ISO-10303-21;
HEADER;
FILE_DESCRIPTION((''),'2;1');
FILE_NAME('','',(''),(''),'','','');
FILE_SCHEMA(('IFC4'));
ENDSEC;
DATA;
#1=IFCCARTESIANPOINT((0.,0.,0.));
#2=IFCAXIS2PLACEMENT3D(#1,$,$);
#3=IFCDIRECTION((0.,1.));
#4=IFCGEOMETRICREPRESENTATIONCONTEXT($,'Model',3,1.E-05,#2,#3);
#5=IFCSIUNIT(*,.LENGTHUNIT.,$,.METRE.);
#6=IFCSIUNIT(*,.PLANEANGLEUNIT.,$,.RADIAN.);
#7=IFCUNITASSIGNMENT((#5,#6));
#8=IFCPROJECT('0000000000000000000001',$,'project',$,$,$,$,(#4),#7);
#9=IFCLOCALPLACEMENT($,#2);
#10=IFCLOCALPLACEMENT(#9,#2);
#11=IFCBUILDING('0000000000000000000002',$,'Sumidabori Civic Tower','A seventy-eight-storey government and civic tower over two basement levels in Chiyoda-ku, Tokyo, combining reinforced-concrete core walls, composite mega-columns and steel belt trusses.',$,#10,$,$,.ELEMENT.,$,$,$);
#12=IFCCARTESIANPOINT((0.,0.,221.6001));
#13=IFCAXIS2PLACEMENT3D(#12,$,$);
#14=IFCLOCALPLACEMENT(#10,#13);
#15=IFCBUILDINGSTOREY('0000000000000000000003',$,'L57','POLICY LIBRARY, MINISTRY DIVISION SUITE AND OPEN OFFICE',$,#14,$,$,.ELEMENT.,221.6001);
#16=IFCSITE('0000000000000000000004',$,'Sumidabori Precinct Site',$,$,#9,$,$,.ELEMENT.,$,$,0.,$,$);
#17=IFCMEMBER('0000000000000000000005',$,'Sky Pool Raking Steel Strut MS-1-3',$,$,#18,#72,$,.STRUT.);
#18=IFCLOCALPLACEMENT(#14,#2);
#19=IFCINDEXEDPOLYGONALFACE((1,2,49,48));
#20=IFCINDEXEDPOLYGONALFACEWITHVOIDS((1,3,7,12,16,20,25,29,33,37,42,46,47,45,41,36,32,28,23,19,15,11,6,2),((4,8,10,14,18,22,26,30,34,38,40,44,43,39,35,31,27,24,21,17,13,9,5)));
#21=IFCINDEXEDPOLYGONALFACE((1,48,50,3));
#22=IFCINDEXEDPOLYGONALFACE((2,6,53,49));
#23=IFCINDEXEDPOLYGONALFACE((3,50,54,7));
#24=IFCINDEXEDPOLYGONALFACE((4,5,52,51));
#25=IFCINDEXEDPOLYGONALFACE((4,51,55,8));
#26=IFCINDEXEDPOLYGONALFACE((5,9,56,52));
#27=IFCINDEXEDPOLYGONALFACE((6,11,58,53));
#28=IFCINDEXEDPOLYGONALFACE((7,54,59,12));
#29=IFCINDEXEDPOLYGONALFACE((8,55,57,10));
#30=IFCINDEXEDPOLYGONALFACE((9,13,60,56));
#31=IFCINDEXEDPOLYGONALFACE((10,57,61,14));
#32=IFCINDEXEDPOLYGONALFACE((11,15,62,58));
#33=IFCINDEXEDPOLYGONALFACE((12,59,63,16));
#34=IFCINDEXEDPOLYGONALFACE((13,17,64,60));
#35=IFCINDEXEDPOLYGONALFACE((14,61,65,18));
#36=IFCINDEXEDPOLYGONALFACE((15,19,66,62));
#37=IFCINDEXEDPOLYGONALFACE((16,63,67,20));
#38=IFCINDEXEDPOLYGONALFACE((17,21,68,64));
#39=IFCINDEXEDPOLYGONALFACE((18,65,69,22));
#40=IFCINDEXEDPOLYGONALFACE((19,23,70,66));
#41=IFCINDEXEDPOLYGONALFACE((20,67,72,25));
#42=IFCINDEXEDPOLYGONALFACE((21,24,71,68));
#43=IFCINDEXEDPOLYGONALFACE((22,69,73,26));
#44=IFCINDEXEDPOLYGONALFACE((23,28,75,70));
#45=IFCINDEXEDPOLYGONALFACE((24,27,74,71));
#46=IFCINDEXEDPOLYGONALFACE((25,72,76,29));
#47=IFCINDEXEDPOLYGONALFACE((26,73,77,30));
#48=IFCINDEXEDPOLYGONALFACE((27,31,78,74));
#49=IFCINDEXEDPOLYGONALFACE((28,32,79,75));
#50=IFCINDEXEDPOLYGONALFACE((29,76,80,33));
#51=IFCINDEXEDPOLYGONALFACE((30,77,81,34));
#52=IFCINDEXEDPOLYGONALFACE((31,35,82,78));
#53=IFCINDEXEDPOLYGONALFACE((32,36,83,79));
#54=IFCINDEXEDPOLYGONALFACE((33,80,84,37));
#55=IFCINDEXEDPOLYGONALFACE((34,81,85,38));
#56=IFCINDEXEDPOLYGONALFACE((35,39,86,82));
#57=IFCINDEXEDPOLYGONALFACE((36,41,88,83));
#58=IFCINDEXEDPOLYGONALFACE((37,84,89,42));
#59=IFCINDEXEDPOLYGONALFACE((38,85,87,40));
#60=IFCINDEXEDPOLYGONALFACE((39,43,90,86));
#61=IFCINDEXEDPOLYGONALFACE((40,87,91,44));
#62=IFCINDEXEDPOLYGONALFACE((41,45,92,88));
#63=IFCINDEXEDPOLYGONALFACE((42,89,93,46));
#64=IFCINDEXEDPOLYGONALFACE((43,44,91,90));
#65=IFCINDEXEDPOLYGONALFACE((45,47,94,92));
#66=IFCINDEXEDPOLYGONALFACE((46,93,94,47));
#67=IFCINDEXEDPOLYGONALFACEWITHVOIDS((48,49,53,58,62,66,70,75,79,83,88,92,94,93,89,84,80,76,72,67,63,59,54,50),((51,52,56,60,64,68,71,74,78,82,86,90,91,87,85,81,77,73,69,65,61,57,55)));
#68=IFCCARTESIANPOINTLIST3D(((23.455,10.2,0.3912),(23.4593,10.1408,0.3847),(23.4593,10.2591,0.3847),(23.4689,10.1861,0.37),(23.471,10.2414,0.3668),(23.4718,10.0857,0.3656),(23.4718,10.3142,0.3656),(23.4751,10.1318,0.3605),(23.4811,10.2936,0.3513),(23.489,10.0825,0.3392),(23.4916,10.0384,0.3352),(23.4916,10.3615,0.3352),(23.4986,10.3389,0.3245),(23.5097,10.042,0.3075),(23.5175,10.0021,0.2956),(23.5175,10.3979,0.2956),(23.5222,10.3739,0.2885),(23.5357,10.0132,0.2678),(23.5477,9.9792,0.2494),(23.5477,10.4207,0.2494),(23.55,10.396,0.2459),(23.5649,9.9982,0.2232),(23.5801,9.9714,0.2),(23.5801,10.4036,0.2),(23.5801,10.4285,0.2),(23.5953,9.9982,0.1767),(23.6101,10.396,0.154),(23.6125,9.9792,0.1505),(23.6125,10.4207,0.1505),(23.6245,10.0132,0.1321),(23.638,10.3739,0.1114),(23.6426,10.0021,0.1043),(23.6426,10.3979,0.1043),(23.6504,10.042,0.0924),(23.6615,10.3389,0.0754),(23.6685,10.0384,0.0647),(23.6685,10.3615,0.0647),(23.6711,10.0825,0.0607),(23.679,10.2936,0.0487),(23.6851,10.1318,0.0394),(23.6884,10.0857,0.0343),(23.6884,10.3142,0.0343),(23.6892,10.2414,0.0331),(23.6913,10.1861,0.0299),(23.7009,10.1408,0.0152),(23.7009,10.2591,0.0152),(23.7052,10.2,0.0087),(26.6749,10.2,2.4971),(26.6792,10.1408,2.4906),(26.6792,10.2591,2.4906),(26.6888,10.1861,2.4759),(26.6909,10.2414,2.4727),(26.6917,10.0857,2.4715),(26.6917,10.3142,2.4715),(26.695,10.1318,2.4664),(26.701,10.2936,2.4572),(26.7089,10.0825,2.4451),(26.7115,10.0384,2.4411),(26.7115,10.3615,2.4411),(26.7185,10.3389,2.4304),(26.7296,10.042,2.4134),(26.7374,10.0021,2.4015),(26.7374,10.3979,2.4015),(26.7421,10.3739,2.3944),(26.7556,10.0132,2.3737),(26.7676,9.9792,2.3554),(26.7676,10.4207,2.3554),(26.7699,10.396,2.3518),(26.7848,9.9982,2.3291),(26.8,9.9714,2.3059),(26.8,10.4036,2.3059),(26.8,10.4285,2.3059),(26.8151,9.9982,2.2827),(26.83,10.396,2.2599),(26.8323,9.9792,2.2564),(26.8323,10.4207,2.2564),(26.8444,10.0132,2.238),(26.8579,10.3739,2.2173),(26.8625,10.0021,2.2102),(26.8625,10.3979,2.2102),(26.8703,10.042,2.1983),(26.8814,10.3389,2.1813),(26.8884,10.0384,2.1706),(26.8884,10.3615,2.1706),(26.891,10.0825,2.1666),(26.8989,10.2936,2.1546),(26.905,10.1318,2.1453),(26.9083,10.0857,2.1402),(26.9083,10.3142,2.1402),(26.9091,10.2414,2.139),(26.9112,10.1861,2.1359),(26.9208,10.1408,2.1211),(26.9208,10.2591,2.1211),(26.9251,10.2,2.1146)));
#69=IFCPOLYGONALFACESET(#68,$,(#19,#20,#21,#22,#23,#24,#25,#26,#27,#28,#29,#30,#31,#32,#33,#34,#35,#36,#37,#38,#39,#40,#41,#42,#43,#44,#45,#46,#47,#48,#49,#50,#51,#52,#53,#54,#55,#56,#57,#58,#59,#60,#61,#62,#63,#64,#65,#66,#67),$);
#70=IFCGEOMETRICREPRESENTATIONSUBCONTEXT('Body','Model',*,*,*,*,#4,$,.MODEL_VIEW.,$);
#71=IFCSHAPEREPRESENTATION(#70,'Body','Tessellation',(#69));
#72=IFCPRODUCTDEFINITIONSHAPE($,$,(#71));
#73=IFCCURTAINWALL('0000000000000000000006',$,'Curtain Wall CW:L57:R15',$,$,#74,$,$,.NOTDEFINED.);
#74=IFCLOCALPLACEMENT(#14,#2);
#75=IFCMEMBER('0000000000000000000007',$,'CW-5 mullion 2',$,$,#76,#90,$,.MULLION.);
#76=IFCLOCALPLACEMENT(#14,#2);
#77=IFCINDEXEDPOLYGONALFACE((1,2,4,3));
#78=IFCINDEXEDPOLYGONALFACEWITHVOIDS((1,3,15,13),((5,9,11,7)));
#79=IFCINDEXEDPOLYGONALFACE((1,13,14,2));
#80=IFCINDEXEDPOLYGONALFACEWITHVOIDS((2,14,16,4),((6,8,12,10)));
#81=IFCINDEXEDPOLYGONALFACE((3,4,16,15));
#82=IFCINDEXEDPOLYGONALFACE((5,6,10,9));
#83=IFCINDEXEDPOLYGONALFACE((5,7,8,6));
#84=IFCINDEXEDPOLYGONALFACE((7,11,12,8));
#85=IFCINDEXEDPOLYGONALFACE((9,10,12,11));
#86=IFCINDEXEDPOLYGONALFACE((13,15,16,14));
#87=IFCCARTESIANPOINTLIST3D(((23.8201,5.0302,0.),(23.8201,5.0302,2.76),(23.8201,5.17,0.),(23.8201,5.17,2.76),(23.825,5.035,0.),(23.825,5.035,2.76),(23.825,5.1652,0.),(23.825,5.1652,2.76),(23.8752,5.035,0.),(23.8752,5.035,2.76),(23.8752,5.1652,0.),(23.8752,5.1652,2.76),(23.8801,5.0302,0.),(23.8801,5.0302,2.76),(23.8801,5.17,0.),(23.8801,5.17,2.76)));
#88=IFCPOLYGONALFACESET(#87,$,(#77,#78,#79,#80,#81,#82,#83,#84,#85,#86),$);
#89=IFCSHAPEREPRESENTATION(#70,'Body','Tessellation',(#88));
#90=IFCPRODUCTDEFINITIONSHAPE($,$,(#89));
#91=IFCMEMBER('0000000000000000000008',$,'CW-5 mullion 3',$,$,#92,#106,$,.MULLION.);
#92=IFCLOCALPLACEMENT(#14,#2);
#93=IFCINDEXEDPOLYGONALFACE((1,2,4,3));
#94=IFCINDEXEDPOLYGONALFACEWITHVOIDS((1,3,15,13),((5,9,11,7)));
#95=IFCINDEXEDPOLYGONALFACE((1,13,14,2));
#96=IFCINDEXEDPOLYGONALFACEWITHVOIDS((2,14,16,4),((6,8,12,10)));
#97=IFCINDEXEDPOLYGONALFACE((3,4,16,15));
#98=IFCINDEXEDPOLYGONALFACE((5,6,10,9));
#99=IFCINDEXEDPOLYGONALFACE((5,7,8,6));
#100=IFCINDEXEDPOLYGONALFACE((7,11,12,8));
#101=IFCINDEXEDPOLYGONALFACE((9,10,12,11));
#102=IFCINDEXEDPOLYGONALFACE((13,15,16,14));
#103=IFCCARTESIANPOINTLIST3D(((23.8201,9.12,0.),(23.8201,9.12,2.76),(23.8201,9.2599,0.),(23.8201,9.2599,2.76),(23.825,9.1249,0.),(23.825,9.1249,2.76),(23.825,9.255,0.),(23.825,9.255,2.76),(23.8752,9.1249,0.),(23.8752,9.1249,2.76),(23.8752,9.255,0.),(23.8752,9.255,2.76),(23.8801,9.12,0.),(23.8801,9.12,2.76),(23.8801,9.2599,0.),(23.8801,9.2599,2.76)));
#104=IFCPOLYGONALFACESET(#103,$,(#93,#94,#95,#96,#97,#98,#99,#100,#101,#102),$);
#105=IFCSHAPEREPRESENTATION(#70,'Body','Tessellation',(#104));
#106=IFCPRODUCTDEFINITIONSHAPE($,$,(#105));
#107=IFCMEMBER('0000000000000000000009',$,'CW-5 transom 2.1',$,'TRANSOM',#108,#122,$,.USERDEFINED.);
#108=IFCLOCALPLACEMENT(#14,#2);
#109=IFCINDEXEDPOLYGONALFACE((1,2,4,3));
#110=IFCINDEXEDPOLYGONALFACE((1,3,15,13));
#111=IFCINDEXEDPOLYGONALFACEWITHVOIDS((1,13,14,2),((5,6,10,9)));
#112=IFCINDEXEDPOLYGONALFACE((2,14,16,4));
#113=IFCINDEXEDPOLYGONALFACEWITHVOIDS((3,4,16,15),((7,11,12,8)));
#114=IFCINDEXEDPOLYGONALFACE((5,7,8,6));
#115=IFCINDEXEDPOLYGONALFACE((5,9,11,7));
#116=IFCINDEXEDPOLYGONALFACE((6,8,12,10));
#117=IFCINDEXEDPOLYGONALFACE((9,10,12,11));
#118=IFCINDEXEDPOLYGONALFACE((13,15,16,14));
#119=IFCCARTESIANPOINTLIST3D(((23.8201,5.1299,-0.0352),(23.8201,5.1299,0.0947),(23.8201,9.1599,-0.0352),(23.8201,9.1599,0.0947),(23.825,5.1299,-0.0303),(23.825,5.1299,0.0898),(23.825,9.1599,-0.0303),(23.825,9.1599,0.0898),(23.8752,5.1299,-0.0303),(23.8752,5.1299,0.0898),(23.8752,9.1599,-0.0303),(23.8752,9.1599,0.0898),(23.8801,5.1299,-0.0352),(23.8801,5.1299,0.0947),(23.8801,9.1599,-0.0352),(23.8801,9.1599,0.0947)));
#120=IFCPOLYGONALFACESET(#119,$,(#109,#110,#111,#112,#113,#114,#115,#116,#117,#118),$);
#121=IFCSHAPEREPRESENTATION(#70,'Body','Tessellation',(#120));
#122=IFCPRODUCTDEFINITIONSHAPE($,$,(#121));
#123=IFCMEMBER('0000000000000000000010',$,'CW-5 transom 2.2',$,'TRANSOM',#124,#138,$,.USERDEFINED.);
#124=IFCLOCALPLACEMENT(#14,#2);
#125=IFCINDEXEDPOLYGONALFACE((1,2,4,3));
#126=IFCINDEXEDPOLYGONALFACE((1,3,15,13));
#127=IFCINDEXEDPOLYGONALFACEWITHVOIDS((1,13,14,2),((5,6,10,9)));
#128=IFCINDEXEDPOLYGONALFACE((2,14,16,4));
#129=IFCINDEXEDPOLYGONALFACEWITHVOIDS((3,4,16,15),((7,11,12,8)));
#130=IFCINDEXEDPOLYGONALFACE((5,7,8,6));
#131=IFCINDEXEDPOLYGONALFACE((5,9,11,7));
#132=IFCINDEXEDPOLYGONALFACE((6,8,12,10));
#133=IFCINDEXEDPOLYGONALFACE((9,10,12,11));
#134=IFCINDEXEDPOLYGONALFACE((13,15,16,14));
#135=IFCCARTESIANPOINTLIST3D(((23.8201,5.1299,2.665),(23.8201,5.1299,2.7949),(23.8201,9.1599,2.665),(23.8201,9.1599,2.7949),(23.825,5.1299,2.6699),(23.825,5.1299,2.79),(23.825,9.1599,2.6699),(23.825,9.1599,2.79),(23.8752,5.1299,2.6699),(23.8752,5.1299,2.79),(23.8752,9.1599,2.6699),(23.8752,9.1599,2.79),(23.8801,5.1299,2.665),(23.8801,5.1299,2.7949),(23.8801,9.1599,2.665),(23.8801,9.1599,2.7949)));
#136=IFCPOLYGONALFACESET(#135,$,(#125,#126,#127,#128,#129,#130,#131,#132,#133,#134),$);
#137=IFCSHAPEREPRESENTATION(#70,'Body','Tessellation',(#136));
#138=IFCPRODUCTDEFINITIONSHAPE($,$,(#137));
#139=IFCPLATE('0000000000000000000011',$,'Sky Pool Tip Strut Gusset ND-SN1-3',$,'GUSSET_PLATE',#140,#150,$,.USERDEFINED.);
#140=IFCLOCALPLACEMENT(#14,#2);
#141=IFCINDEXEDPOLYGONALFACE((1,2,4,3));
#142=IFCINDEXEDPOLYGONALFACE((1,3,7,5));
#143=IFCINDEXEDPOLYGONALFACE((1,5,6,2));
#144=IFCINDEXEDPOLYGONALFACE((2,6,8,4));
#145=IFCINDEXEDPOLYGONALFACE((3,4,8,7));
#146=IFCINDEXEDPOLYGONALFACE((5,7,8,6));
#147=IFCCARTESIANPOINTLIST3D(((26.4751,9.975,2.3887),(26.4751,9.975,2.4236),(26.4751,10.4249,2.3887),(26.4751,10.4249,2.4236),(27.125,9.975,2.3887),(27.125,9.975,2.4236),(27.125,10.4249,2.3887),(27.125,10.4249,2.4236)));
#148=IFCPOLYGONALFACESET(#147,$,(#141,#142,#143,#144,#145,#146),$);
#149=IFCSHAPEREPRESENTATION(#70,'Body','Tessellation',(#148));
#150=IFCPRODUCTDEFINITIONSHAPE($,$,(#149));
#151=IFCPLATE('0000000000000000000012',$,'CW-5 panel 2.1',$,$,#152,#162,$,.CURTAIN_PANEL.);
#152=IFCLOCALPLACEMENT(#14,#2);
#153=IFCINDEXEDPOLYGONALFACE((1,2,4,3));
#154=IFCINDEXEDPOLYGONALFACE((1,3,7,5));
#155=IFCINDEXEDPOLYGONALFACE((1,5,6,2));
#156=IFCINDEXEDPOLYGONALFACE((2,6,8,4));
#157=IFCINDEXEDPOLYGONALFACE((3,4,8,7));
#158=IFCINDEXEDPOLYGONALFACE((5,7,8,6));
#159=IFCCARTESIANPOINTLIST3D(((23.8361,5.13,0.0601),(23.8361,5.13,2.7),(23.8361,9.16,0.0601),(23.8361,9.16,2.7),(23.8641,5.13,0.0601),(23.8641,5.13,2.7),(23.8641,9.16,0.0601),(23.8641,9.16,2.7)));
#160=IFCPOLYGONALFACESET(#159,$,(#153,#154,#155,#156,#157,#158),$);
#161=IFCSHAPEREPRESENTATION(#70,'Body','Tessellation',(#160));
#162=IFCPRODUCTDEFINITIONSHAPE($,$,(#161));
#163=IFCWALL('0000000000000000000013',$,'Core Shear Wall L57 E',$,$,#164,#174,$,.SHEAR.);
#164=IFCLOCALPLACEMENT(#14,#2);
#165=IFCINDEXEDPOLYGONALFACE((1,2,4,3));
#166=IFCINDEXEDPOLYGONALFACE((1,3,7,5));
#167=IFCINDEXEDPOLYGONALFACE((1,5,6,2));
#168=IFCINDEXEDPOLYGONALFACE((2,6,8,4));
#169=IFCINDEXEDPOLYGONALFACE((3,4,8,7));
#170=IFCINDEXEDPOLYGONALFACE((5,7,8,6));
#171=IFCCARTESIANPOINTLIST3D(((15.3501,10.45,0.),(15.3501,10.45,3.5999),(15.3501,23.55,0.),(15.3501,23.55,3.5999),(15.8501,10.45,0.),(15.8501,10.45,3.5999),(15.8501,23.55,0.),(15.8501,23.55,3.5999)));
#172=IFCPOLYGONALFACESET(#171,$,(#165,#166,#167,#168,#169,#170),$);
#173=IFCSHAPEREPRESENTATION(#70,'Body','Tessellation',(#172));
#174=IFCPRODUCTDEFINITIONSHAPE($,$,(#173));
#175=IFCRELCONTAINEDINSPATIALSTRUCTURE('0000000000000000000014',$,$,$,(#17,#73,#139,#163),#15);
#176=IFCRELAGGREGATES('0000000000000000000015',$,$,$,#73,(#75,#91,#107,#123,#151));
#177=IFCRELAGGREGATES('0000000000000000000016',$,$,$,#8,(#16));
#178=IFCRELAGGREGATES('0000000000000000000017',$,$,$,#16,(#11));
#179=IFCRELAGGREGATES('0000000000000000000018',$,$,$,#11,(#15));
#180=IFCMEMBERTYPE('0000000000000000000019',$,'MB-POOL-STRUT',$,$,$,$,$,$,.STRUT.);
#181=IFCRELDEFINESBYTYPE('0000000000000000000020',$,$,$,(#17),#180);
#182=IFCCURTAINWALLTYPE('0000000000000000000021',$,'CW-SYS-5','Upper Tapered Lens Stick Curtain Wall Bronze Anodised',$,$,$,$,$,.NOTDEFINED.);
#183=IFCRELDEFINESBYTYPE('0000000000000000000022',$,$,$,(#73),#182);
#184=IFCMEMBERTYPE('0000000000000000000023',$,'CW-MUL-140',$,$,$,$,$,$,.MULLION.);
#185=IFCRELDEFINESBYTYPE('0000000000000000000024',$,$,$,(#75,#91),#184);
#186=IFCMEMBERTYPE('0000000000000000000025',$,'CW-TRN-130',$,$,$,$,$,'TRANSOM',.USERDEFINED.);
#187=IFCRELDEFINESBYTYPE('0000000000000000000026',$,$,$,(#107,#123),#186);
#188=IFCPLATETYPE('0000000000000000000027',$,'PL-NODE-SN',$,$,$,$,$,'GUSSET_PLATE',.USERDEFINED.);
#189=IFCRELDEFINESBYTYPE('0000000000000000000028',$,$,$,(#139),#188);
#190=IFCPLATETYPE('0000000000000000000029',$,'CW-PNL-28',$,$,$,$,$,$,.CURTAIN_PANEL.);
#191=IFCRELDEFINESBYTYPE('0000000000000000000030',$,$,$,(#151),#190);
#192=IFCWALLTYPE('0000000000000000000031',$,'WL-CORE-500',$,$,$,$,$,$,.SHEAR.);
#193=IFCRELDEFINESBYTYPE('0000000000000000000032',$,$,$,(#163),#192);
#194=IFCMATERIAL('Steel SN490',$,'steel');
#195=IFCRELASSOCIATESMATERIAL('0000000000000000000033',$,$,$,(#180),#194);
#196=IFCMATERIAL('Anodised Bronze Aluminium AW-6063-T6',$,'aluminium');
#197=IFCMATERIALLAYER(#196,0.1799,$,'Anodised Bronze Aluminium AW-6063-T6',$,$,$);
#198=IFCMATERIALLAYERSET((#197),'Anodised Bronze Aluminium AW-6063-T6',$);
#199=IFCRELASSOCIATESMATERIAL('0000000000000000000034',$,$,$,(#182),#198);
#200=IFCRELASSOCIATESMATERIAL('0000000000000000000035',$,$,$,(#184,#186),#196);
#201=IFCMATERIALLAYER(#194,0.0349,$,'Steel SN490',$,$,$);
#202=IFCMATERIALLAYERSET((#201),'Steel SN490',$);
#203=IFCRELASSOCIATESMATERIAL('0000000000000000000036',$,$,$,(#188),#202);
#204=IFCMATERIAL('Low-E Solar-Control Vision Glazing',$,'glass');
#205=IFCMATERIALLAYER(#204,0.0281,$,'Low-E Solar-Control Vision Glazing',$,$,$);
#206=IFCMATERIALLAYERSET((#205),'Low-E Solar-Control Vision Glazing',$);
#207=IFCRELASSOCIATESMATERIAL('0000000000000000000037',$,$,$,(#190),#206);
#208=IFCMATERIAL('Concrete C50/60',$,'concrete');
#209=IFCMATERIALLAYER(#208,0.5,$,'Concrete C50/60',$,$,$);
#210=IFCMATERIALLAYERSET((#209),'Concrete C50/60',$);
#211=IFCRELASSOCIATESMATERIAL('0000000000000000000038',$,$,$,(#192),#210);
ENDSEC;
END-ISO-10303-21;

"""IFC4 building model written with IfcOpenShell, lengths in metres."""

from ifc_helpers import new_model, si_unit, direction, frame, frame_2d, origin, origin_2d, place, context, subcontext, project, spatial, rectangle, hollow_rectangle, hollow_circle, extrude, source, transform, mapped, material, layer, layer_set, material_profile, profile_set, type_object, element, aggregate, save


model = new_model("IFC4")

# Units and contexts
model_context = context("Model", 3, precision=1e-05, world=origin(), true_north=direction((0.0, 1.0)))
body_context = subcontext(model_context, "Body", "Model", "MODEL_VIEW")
ifc_project = project(units=[si_unit("LENGTHUNIT", "METRE"), si_unit("PLANEANGLEUNIT", "RADIAN")], contexts=[model_context])

# Site, building, storey
site_placement = place(None, origin())
site = spatial("IfcSite", under=ifc_project, at=site_placement, Name="Sumidabori Precinct Site", CompositionType="ELEMENT", RefElevation=0.0)
building_placement = place(site_placement, origin())
building = spatial("IfcBuilding", under=site, at=building_placement, Name="Sumidabori Civic Tower", Description="A seventy-eight-storey government and civic tower over two basement levels in Chiyoda-ku, Tokyo, combining reinforced-concrete core walls, composite mega-columns and steel belt trusses.", CompositionType="ELEMENT")
storey_placement = place(building_placement, frame((0.0, 0.0, 221.6001)))
storey = spatial("IfcBuildingStorey", under=building, at=storey_placement, Name="L57", Description="POLICY LIBRARY, MINISTRY DIVISION SUITE AND OPEN OFFICE", CompositionType="ELEMENT", Elevation=221.6001)

# Shared definitions
ifc_material_1 = material(Name="Steel SN490", Category="steel")

# Member
ifc_material_profile_1 = material_profile(ifc_material_1, hollow_circle(Radius=0.2285, WallThickness=0.0249, at=origin_2d()), Name="CHS 457x25")
ifc_profile_set_1 = profile_set([ifc_material_profile_1], Name="Steel SN490")
member_type_1 = type_object("IfcMemberType", Name="MB-POOL-STRUT", PredefinedType="STRUT", material=ifc_profile_set_1)
shared_shape_1 = source(origin(), body_context, "Body", "SweptSolid", [
    extrude(hollow_circle(Radius=0.2285, WallThickness=0.0249, at=origin_2d()), origin(), (0.0, 0.0, 1.0), 3.8474),
])
member_1_placement = place(storey_placement, frame((23.5801, 10.2, 0.2), z_axis=(0.836899, 0.0, 0.547357), x_axis=(0.0, 1.0, 0.0)))
element("IfcMember", 1, at=member_1_placement, inside=storey, type_object=member_type_1, Name="Sky Pool Raking Steel Strut MS-1-3", PredefinedType="STRUT", context=body_context, shape_type="MappedRepresentation", body=[
    mapped(shared_shape_1, transform((0.0, 0.0, 0.0), x_axis=(1.0, 0.0, 0.0), y_axis=(0.0, 1.0, 0.0), z_axis=(0.0, 0.0, 1.0), scale=1.0)),
])

# Curtain wall, members
ifc_material_2 = material(Name="Anodised Bronze Aluminium AW-6063-T6", Category="aluminium")
ifc_layer_1 = layer(ifc_material_2, 0.1799, Name="Anodised Bronze Aluminium AW-6063-T6")
ifc_layer_set_1 = layer_set([ifc_layer_1], Name="Anodised Bronze Aluminium AW-6063-T6")
curtain_wall_type = type_object("IfcCurtainWallType", Name="CW-SYS-5", Description="Upper Tapered Lens Stick Curtain Wall Bronze Anodised", PredefinedType="NOTDEFINED", material=ifc_layer_set_1)
curtain_wall_placement = place(storey_placement, origin())
curtain_wall = element("IfcCurtainWall", 2, at=curtain_wall_placement, inside=storey, type_object=curtain_wall_type, Name="Curtain Wall CW:L57:R15", PredefinedType="NOTDEFINED")
ifc_material_profile_2 = material_profile(ifc_material_2, hollow_rectangle(XDim=0.0601, YDim=0.1399, WallThickness=0.0049, at=origin_2d()), Name="ALU MULLION 140x60")
ifc_profile_set_2 = profile_set([ifc_material_profile_2], Name="Anodised Bronze Aluminium AW-6063-T6")
member_type_2 = type_object("IfcMemberType", Name="CW-MUL-140", PredefinedType="MULLION", material=ifc_profile_set_2)
shared_shape_2 = source(origin(), body_context, "Body", "SweptSolid", [
    extrude(hollow_rectangle(XDim=0.0601, YDim=0.1399, WallThickness=0.0049, at=origin_2d()), origin(), (0.0, 0.0, 1.0), 2.76),
])
member_2_placement = place(storey_placement, frame((23.8501, 5.1001, 0.0), z_axis=(0.0, 0.0, 1.0), x_axis=(-1.0, 0.0, 0.0)))
member_2 = element("IfcMember", 3, at=member_2_placement, type_object=member_type_2, Name="CW-5 mullion 2", PredefinedType="MULLION", context=body_context, shape_type="MappedRepresentation", body=[
    mapped(shared_shape_2, transform((0.0, 0.0, 0.0), x_axis=(1.0, 0.0, 0.0), y_axis=(0.0, 1.0, 0.0), z_axis=(0.0, 0.0, 1.0), scale=1.0)),
])
member_3_placement = place(storey_placement, frame((23.8501, 9.1899, 0.0), z_axis=(0.0, 0.0, 1.0), x_axis=(-1.0, 0.0, 0.0)))
member_3 = element("IfcMember", 4, at=member_3_placement, type_object=member_type_2, Name="CW-5 mullion 3", PredefinedType="MULLION", context=body_context, shape_type="MappedRepresentation", body=[
    mapped(shared_shape_2, transform((0.0, 0.0, 0.0), x_axis=(1.0, 0.0, 0.0), y_axis=(0.0, 1.0, 0.0), z_axis=(0.0, 0.0, 1.0), scale=1.0)),
])
ifc_material_profile_3 = material_profile(ifc_material_2, hollow_rectangle(XDim=0.0601, YDim=0.1299, WallThickness=0.0049, at=origin_2d()), Name="ALU TRANSOM 130x60")
ifc_profile_set_3 = profile_set([ifc_material_profile_3], Name="Anodised Bronze Aluminium AW-6063-T6")
member_type_3 = type_object("IfcMemberType", Name="CW-TRN-130", ElementType="TRANSOM", PredefinedType="USERDEFINED", material=ifc_profile_set_3)
shared_shape_3 = source(origin(), body_context, "Body", "SweptSolid", [
    extrude(hollow_rectangle(XDim=0.0601, YDim=0.1299, WallThickness=0.0049, at=origin_2d()), origin(), (0.0, 0.0, 1.0), 4.03),
])
member_4_placement = place(storey_placement, frame((23.8501, 5.1299, 0.0298), z_axis=(0.0, 1.0, 0.0), x_axis=(-1.0, 0.0, 0.0)))
member_4 = element("IfcMember", 5, at=member_4_placement, type_object=member_type_3, Name="CW-5 transom 2.1", ObjectType="TRANSOM", PredefinedType="USERDEFINED", context=body_context, shape_type="MappedRepresentation", body=[
    mapped(shared_shape_3, transform((0.0, 0.0, 0.0), x_axis=(1.0, 0.0, 0.0), y_axis=(0.0, 1.0, 0.0), z_axis=(0.0, 0.0, 1.0), scale=1.0)),
])
member_5_placement = place(storey_placement, frame((23.8501, 5.1299, 2.73), z_axis=(0.0, 1.0, 0.0), x_axis=(-1.0, 0.0, 0.0)))
member_5 = element("IfcMember", 6, at=member_5_placement, type_object=member_type_3, Name="CW-5 transom 2.2", ObjectType="TRANSOM", PredefinedType="USERDEFINED", context=body_context, shape_type="MappedRepresentation", body=[
    mapped(shared_shape_3, transform((0.0, 0.0, 0.0), x_axis=(1.0, 0.0, 0.0), y_axis=(0.0, 1.0, 0.0), z_axis=(0.0, 0.0, 1.0), scale=1.0)),
])

# Plates
ifc_layer_2 = layer(ifc_material_1, 0.0349, Name="Steel SN490")
ifc_layer_set_2 = layer_set([ifc_layer_2], Name="Steel SN490")
plate_type_1 = type_object("IfcPlateType", Name="PL-NODE-SN", ElementType="GUSSET_PLATE", PredefinedType="USERDEFINED", material=ifc_layer_set_2)
shared_shape_4 = source(origin(), body_context, "Body", "SweptSolid", [
    extrude(rectangle(XDim=0.6499, YDim=0.45, at=origin_2d()), origin(), (0.0, 0.0, 1.0), 0.0349),
])
plate_1_placement = place(storey_placement, frame((26.8, 10.2, 2.3887), z_axis=(0.0, 0.0, 1.0), x_axis=(1.0, 0.0, 0.0)))
element("IfcPlate", 7, at=plate_1_placement, inside=storey, type_object=plate_type_1, Name="Sky Pool Tip Strut Gusset ND-SN1-3", ObjectType="GUSSET_PLATE", PredefinedType="USERDEFINED", context=body_context, shape_type="MappedRepresentation", body=[
    mapped(shared_shape_4, transform((0.0, 0.0, 0.0), x_axis=(1.0, 0.0, 0.0), y_axis=(0.0, 1.0, 0.0), z_axis=(0.0, 0.0, 1.0), scale=1.0)),
])
ifc_material_3 = material(Name="Low-E Solar-Control Vision Glazing", Category="glass")
ifc_layer_3 = layer(ifc_material_3, 0.0281, Name="Low-E Solar-Control Vision Glazing")
ifc_layer_set_3 = layer_set([ifc_layer_3], Name="Low-E Solar-Control Vision Glazing")
plate_type_2 = type_object("IfcPlateType", Name="CW-PNL-28", PredefinedType="CURTAIN_PANEL", material=ifc_layer_set_3)
shared_shape_5 = source(origin(), body_context, "Body", "SweptSolid", [
    extrude(rectangle(XDim=4.03, YDim=0.0281, at=origin_2d()), origin(), (0.0, 0.0, 1.0), 2.6399),
])
plate_2_placement = place(storey_placement, frame((23.8501, 7.145, 0.0601), z_axis=(0.0, 0.0, 1.0), x_axis=(0.0, 1.0, 0.0)))
plate_2 = element("IfcPlate", 8, at=plate_2_placement, type_object=plate_type_2, Name="CW-5 panel 2.1", PredefinedType="CURTAIN_PANEL", context=body_context, shape_type="MappedRepresentation", body=[
    mapped(shared_shape_5, transform((0.0, 0.0, 0.0), x_axis=(1.0, 0.0, 0.0), y_axis=(0.0, 1.0, 0.0), z_axis=(0.0, 0.0, 1.0), scale=1.0)),
])
aggregate(curtain_wall, [member_2, member_3, member_4, member_5, plate_2])

# Wall
ifc_material_4 = material(Name="Concrete C50/60", Category="concrete")
ifc_layer_4 = layer(ifc_material_4, 0.5, Name="Concrete C50/60")
ifc_layer_set_4 = layer_set([ifc_layer_4], Name="Concrete C50/60")
wall_type_1 = type_object("IfcWallType", Name="WL-CORE-500", PredefinedType="SHEAR", material=ifc_layer_set_4)
shared_shape_6 = source(origin(), body_context, "Body", "SweptSolid", [
    extrude(rectangle(XDim=13.1001, YDim=0.5, at=frame_2d((6.55, 0.0))), origin(), (0.0, 0.0, 1.0), 3.5999),
])
wall_1_placement = place(storey_placement, frame((15.6001, 10.45, 0.0), z_axis=(0.0, 0.0, 1.0), x_axis=(0.0, 1.0, 0.0)))
element("IfcWall", 9, at=wall_1_placement, inside=storey, type_object=wall_type_1, Name="Core Shear Wall L57 E", PredefinedType="SHEAR", context=body_context, shape_type="MappedRepresentation", body=[
    mapped(shared_shape_6, transform((0.0, 0.0, 0.0), x_axis=(1.0, 0.0, 0.0), y_axis=(0.0, 1.0, 0.0), z_axis=(0.0, 0.0, 1.0), scale=1.0)),
])

save(model, "model.ifc")
